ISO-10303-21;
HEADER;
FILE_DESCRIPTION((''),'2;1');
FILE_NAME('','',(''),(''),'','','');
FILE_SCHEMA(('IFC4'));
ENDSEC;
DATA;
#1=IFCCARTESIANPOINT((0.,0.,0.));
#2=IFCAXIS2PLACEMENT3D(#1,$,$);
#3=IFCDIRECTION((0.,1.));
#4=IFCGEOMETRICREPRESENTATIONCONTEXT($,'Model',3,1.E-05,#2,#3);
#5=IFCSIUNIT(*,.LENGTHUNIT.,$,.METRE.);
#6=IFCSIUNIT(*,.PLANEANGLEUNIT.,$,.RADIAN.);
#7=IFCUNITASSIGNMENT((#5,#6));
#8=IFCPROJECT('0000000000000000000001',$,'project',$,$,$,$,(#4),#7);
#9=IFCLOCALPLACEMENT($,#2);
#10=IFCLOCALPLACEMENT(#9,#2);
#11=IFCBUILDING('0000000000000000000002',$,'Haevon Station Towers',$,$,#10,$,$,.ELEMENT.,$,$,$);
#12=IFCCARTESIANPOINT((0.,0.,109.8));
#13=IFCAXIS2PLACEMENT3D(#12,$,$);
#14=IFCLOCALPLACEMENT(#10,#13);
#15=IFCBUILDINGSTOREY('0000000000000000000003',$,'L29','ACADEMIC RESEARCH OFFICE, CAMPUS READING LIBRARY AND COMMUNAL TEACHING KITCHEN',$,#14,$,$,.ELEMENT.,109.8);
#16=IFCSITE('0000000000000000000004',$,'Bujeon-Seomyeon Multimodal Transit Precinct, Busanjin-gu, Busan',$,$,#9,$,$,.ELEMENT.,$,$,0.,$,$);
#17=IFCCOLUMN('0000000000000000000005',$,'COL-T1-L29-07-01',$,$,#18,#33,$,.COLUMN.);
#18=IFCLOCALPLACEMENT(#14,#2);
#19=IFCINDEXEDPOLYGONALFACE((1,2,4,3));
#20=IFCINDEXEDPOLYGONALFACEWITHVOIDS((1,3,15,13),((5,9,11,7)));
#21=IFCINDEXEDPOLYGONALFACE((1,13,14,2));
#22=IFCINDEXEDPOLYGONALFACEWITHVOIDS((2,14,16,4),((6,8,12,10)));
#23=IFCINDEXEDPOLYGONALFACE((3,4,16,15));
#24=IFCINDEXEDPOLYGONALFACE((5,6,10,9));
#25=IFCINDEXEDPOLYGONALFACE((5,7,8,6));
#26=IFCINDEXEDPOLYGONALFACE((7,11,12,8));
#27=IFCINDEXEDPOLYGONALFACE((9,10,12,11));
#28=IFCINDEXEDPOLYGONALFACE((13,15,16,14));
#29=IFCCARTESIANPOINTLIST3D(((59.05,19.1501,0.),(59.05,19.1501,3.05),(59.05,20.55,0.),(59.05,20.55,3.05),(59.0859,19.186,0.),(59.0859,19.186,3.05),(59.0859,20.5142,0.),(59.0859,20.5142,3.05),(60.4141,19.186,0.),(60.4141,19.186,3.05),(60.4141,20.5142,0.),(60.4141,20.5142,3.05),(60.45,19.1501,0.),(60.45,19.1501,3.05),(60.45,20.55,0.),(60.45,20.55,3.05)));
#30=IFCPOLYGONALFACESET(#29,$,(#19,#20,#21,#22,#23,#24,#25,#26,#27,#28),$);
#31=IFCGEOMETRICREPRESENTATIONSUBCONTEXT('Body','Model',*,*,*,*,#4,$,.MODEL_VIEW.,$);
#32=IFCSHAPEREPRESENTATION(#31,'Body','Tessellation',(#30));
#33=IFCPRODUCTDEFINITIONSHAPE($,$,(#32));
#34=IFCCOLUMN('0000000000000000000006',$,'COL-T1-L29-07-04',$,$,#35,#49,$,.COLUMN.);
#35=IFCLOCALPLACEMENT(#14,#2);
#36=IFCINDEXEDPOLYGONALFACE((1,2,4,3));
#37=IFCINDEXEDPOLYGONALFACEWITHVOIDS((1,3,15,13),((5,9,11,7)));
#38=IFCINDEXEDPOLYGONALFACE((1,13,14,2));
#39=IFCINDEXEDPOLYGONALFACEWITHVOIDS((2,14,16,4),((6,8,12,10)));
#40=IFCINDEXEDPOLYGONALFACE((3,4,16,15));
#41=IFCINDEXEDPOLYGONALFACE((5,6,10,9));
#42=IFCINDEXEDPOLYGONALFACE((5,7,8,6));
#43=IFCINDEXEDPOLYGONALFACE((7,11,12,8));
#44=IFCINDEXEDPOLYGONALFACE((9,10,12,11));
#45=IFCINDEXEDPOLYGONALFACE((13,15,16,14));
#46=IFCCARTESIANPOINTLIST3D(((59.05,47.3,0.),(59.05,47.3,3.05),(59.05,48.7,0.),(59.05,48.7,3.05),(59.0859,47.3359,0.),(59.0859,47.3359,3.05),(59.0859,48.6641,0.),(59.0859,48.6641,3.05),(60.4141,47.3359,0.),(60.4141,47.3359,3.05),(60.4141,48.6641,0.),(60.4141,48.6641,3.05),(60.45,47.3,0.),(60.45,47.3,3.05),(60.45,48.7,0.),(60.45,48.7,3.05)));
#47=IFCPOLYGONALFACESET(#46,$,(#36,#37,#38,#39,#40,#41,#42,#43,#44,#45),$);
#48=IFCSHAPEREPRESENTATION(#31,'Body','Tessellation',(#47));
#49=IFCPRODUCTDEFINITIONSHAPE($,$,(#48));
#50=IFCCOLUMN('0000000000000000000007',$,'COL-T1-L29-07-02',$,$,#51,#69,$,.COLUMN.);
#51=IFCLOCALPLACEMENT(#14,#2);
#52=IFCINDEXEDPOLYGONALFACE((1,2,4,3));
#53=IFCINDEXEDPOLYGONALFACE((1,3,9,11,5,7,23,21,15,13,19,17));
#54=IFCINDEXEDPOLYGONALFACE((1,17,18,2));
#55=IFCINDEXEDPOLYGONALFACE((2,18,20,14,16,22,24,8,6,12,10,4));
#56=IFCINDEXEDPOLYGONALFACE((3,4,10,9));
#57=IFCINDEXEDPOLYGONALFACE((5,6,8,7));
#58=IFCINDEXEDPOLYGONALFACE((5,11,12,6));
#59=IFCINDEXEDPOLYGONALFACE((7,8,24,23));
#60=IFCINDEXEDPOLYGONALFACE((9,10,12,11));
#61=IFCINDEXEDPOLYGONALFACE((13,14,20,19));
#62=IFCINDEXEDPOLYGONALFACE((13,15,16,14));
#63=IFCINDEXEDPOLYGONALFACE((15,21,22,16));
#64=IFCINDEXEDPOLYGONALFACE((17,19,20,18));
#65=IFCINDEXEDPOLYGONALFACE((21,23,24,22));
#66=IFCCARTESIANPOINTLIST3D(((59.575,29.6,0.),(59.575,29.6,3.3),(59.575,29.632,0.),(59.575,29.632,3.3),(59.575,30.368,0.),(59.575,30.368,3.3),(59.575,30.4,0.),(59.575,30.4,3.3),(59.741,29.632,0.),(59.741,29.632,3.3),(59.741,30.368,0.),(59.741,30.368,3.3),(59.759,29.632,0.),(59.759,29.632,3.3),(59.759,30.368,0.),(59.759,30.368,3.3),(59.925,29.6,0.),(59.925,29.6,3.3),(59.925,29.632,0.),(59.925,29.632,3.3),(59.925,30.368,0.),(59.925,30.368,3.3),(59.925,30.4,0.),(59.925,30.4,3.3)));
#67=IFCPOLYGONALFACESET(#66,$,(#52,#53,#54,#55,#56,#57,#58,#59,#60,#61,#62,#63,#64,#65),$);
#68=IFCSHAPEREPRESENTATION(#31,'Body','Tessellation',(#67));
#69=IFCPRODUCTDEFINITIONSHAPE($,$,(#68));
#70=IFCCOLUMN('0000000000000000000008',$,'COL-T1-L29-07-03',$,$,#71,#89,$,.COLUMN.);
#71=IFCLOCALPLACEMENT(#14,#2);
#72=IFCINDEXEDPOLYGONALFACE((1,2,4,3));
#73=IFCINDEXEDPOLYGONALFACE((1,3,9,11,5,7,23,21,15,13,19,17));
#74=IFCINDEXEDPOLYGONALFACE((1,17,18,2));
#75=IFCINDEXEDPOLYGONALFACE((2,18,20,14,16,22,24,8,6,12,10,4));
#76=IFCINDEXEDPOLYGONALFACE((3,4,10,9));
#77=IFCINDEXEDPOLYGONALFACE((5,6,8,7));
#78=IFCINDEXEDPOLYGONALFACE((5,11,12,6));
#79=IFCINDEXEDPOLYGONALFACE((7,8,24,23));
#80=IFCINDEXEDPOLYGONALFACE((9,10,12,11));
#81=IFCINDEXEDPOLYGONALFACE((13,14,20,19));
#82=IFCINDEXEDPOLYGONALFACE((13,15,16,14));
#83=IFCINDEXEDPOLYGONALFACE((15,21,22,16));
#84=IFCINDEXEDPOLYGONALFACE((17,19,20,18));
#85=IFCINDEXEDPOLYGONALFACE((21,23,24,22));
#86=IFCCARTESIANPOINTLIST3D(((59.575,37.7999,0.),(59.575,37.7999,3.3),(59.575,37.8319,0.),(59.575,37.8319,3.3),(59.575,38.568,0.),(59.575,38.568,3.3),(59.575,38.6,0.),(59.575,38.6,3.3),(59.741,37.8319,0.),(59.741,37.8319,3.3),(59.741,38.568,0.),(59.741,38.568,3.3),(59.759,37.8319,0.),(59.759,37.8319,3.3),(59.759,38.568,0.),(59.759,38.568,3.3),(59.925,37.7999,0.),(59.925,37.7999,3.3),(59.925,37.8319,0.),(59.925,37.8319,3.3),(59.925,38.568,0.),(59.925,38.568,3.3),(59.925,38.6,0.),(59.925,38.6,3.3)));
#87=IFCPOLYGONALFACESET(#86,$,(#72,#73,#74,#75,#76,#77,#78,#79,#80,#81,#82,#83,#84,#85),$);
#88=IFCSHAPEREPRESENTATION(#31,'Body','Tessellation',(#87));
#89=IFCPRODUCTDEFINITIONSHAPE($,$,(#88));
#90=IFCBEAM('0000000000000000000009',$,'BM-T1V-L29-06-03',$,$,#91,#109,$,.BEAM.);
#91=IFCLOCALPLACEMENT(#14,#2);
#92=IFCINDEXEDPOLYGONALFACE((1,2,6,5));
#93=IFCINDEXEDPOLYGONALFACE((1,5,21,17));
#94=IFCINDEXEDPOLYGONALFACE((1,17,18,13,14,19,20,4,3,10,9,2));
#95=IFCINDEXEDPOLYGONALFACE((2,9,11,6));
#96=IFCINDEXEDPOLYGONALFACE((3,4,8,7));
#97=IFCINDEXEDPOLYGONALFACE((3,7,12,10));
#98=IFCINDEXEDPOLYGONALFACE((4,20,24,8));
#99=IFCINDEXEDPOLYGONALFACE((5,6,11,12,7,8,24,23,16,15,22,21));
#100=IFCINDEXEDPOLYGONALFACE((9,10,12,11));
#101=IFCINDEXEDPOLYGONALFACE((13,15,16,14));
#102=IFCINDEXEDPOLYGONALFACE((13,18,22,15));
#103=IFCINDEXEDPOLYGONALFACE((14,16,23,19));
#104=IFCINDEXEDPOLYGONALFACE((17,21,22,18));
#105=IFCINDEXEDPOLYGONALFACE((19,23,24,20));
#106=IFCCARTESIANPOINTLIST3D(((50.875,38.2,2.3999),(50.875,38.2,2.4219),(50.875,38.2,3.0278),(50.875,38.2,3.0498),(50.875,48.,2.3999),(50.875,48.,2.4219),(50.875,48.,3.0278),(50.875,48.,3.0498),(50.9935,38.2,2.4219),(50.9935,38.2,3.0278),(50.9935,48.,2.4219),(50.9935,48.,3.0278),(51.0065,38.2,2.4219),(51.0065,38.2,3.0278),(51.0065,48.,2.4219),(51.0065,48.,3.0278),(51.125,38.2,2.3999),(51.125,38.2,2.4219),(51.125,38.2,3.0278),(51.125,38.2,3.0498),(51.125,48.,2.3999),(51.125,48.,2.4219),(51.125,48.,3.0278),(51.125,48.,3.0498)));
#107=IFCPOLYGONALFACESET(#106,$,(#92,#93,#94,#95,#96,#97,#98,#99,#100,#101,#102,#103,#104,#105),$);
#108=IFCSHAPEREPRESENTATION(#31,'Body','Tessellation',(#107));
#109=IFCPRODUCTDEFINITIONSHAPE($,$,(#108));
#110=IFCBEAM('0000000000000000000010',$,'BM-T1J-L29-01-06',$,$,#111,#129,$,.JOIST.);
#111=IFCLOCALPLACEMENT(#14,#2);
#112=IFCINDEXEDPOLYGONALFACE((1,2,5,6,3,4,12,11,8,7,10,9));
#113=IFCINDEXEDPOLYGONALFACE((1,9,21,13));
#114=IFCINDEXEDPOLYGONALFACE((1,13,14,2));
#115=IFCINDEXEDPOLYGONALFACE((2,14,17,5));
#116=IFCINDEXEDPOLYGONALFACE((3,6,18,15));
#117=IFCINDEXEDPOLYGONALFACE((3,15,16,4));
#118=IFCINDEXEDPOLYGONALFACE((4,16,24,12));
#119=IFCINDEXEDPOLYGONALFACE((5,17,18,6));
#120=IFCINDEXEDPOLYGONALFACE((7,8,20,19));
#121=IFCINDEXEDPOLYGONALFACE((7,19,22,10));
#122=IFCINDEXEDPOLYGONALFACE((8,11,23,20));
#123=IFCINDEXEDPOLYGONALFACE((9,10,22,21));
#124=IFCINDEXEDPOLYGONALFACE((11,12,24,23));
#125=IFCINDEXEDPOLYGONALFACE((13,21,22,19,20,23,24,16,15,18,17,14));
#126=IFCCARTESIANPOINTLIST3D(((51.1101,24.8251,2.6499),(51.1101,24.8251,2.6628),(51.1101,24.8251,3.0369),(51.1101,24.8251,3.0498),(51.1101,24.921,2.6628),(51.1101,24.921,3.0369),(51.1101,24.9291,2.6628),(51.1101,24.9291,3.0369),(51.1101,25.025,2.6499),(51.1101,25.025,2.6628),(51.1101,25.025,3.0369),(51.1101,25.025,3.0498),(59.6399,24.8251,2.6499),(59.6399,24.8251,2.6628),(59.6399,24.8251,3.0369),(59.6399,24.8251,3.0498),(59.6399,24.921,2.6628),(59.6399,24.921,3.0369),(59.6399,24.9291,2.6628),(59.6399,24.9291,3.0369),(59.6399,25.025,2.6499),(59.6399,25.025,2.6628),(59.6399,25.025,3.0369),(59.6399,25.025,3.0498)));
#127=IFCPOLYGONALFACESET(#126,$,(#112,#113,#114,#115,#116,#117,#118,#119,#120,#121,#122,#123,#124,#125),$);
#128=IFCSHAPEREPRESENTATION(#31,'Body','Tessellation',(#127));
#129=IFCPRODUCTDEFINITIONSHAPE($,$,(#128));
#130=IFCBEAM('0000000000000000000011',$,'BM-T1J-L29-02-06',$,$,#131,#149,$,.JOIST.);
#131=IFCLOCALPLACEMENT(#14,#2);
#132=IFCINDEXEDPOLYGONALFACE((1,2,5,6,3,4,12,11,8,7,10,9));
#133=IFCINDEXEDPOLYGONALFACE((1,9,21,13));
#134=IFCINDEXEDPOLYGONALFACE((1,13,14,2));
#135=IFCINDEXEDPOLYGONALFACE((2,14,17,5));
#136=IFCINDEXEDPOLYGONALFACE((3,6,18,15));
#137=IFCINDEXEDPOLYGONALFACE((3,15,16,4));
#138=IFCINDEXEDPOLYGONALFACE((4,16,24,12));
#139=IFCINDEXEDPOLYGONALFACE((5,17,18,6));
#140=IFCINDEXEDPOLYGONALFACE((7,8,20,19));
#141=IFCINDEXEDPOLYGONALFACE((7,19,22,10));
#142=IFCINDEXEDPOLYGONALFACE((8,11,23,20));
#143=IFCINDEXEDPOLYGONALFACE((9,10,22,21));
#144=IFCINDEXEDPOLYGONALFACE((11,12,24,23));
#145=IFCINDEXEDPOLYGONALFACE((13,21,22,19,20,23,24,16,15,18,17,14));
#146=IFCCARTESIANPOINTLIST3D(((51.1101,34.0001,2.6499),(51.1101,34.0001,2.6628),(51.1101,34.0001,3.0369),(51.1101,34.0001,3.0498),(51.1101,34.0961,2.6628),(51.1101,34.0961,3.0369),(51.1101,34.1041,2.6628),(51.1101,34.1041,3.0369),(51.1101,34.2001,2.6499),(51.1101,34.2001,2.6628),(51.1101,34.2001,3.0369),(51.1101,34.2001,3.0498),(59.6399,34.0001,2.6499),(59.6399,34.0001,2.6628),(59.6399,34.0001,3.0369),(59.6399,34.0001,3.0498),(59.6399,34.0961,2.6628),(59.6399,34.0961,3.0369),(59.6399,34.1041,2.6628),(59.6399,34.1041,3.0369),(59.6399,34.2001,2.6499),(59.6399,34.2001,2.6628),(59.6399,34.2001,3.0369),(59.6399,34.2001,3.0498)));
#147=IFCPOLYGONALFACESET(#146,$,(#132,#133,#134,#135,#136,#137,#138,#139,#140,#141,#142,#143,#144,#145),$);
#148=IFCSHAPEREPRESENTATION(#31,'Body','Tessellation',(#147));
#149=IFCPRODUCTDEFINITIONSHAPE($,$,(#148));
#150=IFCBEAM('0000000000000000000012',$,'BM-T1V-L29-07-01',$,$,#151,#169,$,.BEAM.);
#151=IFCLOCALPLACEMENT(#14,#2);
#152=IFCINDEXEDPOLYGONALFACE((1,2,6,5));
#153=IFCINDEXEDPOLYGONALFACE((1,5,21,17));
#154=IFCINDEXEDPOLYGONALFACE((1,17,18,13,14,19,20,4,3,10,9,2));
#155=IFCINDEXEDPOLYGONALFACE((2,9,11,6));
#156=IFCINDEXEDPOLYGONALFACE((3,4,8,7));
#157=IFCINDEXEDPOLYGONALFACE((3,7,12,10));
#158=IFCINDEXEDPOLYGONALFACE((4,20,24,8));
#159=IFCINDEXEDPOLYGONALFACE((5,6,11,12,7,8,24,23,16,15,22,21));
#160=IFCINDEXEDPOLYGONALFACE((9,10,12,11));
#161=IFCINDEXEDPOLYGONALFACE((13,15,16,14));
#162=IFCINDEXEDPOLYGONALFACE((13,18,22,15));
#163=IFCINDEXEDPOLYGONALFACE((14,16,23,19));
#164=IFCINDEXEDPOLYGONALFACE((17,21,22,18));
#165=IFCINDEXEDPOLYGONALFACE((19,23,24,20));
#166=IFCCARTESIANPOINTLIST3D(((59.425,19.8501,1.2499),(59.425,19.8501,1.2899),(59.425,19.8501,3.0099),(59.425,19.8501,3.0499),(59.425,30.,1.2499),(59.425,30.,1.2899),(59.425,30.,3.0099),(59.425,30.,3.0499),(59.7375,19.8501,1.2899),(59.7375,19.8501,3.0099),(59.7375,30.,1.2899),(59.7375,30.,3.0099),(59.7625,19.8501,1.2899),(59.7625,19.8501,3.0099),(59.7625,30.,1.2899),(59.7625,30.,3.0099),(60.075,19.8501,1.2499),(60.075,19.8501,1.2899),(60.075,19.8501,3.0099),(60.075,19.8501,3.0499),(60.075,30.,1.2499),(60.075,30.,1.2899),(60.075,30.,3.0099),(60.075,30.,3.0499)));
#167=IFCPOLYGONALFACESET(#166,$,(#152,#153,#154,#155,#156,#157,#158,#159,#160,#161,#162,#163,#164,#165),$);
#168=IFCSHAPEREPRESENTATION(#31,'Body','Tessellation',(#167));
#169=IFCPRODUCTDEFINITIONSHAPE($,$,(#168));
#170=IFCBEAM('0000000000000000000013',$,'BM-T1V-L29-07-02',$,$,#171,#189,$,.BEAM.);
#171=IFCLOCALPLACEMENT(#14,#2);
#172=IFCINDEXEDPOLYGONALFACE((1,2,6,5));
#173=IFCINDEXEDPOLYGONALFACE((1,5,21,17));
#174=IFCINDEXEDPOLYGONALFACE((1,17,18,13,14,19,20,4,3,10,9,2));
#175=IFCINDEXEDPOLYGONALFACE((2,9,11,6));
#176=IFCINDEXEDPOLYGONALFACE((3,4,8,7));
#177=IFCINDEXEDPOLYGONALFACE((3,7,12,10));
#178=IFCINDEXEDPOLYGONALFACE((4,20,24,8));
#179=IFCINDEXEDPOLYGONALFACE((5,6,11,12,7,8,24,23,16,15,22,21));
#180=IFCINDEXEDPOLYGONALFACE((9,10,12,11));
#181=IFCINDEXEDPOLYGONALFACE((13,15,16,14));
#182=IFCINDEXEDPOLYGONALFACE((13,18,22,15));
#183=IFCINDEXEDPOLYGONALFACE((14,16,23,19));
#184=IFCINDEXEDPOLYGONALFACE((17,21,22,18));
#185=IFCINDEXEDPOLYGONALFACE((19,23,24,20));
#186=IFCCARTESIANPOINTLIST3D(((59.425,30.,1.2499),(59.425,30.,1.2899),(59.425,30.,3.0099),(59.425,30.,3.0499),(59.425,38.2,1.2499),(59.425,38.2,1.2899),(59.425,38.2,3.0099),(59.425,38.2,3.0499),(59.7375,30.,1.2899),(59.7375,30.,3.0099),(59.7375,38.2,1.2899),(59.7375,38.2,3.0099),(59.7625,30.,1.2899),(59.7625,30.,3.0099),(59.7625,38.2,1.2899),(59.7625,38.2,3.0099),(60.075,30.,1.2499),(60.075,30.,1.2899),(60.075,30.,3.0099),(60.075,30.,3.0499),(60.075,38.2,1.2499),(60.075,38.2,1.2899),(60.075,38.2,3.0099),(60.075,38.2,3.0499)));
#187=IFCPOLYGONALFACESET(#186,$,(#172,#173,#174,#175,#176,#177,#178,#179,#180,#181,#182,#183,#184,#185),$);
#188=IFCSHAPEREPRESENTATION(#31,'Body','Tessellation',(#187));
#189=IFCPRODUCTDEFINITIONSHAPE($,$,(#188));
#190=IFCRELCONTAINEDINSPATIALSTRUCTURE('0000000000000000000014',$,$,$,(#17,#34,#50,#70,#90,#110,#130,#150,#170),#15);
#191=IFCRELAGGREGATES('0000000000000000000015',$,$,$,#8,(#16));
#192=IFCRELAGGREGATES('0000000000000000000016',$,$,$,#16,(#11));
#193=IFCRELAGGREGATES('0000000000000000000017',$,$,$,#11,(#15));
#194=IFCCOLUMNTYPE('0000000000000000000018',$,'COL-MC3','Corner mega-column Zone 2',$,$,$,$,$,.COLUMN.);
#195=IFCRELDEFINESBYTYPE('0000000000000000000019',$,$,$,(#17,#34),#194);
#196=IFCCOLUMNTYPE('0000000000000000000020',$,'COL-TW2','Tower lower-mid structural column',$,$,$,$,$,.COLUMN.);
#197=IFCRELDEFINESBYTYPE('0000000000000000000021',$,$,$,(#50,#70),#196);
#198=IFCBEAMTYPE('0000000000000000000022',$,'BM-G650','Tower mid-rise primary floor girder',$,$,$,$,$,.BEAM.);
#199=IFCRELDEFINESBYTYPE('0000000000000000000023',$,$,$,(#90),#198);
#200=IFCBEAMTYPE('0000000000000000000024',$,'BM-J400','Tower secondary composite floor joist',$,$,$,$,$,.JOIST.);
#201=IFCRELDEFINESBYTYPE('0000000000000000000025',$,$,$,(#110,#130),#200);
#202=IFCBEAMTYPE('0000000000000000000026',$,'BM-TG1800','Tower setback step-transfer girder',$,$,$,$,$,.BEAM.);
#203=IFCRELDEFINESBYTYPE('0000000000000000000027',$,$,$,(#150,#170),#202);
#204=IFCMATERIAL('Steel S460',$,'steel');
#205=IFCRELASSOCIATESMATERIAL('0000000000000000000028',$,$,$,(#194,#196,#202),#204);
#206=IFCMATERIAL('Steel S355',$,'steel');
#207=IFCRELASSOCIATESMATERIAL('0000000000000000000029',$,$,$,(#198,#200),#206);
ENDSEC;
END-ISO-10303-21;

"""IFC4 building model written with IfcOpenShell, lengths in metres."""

from ifc_helpers import new_model, si_unit, direction, frame, origin, origin_2d, place, context, subcontext, project, spatial, hollow_rectangle, i_section, extrude, material, material_profile, profile_set, type_object, element, save


model = new_model("IFC4")

# Units and contexts
model_context = context("Model", 3, precision=1e-05, world=origin(), true_north=direction((0.0, 1.0)))
body_context = subcontext(model_context, "Body", "Model", "MODEL_VIEW")
ifc_project = project(units=[si_unit("LENGTHUNIT", "METRE"), si_unit("PLANEANGLEUNIT", "RADIAN")], contexts=[model_context])

# Site, building, storey
site_placement = place(None, origin())
site = spatial("IfcSite", under=ifc_project, at=site_placement, Name="Bujeon-Seomyeon Multimodal Transit Precinct, Busanjin-gu, Busan", CompositionType="ELEMENT", RefElevation=0.0)
building_placement = place(site_placement, origin())
building = spatial("IfcBuilding", under=site, at=building_placement, Name="Haevon Station Towers", CompositionType="ELEMENT")
storey_placement = place(building_placement, frame((0.0, 0.0, 109.8)))
storey = spatial("IfcBuildingStorey", under=building, at=storey_placement, Name="L29", Description="ACADEMIC RESEARCH OFFICE, CAMPUS READING LIBRARY AND COMMUNAL TEACHING KITCHEN", CompositionType="ELEMENT", Elevation=109.8)

# Columns
ifc_material_1 = material(Name="Steel S460", Category="steel")
ifc_material_profile_1 = material_profile(ifc_material_1, hollow_rectangle(XDim=1.3999, YDim=1.3999, WallThickness=0.0359, at=origin_2d()), Name="BOX-1400x1400x36")
ifc_profile_set_1 = profile_set([ifc_material_profile_1], Name="Steel S460")
column_type_1 = type_object("IfcColumnType", Name="COL-MC3", Description="Corner mega-column Zone 2", PredefinedType="COLUMN", material=ifc_profile_set_1)
for number, where, z_axis, x_axis, name in (
    (1, (59.75, 19.8501, 0.0), (0.0, 0.0, 1.0), (1.0, 0.0, 0.0), "COL-T1-L29-07-01"),
    (2, (59.75, 48.0, 0.0), (0.0, 0.0, 1.0), (1.0, 0.0, 0.0), "COL-T1-L29-07-04"),
):
    element("IfcColumn", number, at=place(storey_placement, frame(where, z_axis=z_axis, x_axis=x_axis)), inside=storey, type_object=column_type_1, Name=name, PredefinedType="COLUMN", context=body_context, shape_type="SweptSolid", body=[
        extrude(hollow_rectangle(XDim=1.3999, YDim=1.3999, WallThickness=0.0359, at=origin_2d()), origin(), (0.0, 0.0, 1.0), 3.05),
    ])
ifc_material_profile_2 = material_profile(ifc_material_1, i_section(OverallWidth=0.3501, OverallDepth=0.8, WebThickness=0.0181, FlangeThickness=0.032, at=origin_2d()), Name="H-800x350x18x32")
ifc_profile_set_2 = profile_set([ifc_material_profile_2], Name="Steel S460")
column_type_2 = type_object("IfcColumnType", Name="COL-TW2", Description="Tower lower-mid structural column", PredefinedType="COLUMN", material=ifc_profile_set_2)
for number, where, z_axis, x_axis, name in (
    (3, (59.75, 30.0, 0.0), (0.0, 0.0, 1.0), (1.0, 0.0, 0.0), "COL-T1-L29-07-02"),
    (4, (59.75, 38.2, 0.0), (0.0, 0.0, 1.0), (1.0, 0.0, 0.0), "COL-T1-L29-07-03"),
):
    element("IfcColumn", number, at=place(storey_placement, frame(where, z_axis=z_axis, x_axis=x_axis)), inside=storey, type_object=column_type_2, Name=name, PredefinedType="COLUMN", context=body_context, shape_type="SweptSolid", body=[
        extrude(i_section(OverallWidth=0.3501, OverallDepth=0.8, WebThickness=0.0181, FlangeThickness=0.032, at=origin_2d()), origin(), (0.0, 0.0, 1.0), 3.3),
    ])

# Beams
ifc_material_2 = material(Name="Steel S355", Category="steel")
ifc_material_profile_3 = material_profile(ifc_material_2, i_section(OverallWidth=0.25, OverallDepth=0.6499, WebThickness=0.0129, FlangeThickness=0.022, at=origin_2d()), Name="H-650x250x13x22")
ifc_profile_set_3 = profile_set([ifc_material_profile_3], Name="Steel S355")
beam_type_1 = type_object("IfcBeamType", Name="BM-G650", Description="Tower mid-rise primary floor girder", PredefinedType="BEAM", material=ifc_profile_set_3)
beam_1_placement = place(storey_placement, frame((51.0, 38.2, 2.7249), z_axis=(0.0, 1.0, 0.0), x_axis=(-1.0, 0.0, 0.0)))
element("IfcBeam", 5, at=beam_1_placement, inside=storey, type_object=beam_type_1, Name="BM-T1V-L29-06-03", PredefinedType="BEAM", context=body_context, shape_type="SweptSolid", body=[
    extrude(i_section(OverallWidth=0.25, OverallDepth=0.6499, WebThickness=0.0129, FlangeThickness=0.022, at=origin_2d()), origin(), (0.0, 0.0, 1.0), 9.8),
])
ifc_material_profile_4 = material_profile(ifc_material_2, i_section(OverallWidth=0.2, OverallDepth=0.3999, WebThickness=0.0081, FlangeThickness=0.0129, at=origin_2d()), Name="H-400x200x8x13")
ifc_profile_set_4 = profile_set([ifc_material_profile_4], Name="Steel S355")
beam_type_2 = type_object("IfcBeamType", Name="BM-J400", Description="Tower secondary composite floor joist", PredefinedType="JOIST", material=ifc_profile_set_4)
for number, where, z_axis, x_axis, name in (
    (6, (51.1101, 24.925, 2.8499), (1.0, 0.0, 0.0), (0.0, 1.0, 0.0), "BM-T1J-L29-01-06"),
    (7, (51.1101, 34.1001, 2.8499), (1.0, 0.0, 0.0), (0.0, 1.0, 0.0), "BM-T1J-L29-02-06"),
):
    element("IfcBeam", number, at=place(storey_placement, frame(where, z_axis=z_axis, x_axis=x_axis)), inside=storey, type_object=beam_type_2, Name=name, PredefinedType="JOIST", context=body_context, shape_type="SweptSolid", body=[
        extrude(i_section(OverallWidth=0.2, OverallDepth=0.3999, WebThickness=0.0081, FlangeThickness=0.0129, at=origin_2d()), origin(), (0.0, 0.0, 1.0), 8.5298),
    ])
ifc_material_profile_5 = material_profile(ifc_material_1, i_section(OverallWidth=0.6499, OverallDepth=1.8, WebThickness=0.0249, FlangeThickness=0.04, at=origin_2d()), Name="H-1800x650x25x40")
ifc_profile_set_5 = profile_set([ifc_material_profile_5], Name="Steel S460")
beam_type_3 = type_object("IfcBeamType", Name="BM-TG1800", Description="Tower setback step-transfer girder", PredefinedType="BEAM", material=ifc_profile_set_5)
beam_2_placement = place(storey_placement, frame((59.75, 19.8501, 2.1499), z_axis=(0.0, 1.0, 0.0), x_axis=(-1.0, 0.0, 0.0)))
element("IfcBeam", 8, at=beam_2_placement, inside=storey, type_object=beam_type_3, Name="BM-T1V-L29-07-01", PredefinedType="BEAM", context=body_context, shape_type="SweptSolid", body=[
    extrude(i_section(OverallWidth=0.6499, OverallDepth=1.8, WebThickness=0.0249, FlangeThickness=0.04, at=origin_2d()), origin(), (0.0, 0.0, 1.0), 10.1499),
])
beam_3_placement = place(storey_placement, frame((59.75, 30.0, 2.1499), z_axis=(0.0, 1.0, 0.0), x_axis=(-1.0, 0.0, 0.0)))
element("IfcBeam", 9, at=beam_3_placement, inside=storey, type_object=beam_type_3, Name="BM-T1V-L29-07-02", PredefinedType="BEAM", context=body_context, shape_type="SweptSolid", body=[
    extrude(i_section(OverallWidth=0.6499, OverallDepth=1.8, WebThickness=0.0249, FlangeThickness=0.04, at=origin_2d()), origin(), (0.0, 0.0, 1.0), 8.2),
])

save(model, "model.ifc")
